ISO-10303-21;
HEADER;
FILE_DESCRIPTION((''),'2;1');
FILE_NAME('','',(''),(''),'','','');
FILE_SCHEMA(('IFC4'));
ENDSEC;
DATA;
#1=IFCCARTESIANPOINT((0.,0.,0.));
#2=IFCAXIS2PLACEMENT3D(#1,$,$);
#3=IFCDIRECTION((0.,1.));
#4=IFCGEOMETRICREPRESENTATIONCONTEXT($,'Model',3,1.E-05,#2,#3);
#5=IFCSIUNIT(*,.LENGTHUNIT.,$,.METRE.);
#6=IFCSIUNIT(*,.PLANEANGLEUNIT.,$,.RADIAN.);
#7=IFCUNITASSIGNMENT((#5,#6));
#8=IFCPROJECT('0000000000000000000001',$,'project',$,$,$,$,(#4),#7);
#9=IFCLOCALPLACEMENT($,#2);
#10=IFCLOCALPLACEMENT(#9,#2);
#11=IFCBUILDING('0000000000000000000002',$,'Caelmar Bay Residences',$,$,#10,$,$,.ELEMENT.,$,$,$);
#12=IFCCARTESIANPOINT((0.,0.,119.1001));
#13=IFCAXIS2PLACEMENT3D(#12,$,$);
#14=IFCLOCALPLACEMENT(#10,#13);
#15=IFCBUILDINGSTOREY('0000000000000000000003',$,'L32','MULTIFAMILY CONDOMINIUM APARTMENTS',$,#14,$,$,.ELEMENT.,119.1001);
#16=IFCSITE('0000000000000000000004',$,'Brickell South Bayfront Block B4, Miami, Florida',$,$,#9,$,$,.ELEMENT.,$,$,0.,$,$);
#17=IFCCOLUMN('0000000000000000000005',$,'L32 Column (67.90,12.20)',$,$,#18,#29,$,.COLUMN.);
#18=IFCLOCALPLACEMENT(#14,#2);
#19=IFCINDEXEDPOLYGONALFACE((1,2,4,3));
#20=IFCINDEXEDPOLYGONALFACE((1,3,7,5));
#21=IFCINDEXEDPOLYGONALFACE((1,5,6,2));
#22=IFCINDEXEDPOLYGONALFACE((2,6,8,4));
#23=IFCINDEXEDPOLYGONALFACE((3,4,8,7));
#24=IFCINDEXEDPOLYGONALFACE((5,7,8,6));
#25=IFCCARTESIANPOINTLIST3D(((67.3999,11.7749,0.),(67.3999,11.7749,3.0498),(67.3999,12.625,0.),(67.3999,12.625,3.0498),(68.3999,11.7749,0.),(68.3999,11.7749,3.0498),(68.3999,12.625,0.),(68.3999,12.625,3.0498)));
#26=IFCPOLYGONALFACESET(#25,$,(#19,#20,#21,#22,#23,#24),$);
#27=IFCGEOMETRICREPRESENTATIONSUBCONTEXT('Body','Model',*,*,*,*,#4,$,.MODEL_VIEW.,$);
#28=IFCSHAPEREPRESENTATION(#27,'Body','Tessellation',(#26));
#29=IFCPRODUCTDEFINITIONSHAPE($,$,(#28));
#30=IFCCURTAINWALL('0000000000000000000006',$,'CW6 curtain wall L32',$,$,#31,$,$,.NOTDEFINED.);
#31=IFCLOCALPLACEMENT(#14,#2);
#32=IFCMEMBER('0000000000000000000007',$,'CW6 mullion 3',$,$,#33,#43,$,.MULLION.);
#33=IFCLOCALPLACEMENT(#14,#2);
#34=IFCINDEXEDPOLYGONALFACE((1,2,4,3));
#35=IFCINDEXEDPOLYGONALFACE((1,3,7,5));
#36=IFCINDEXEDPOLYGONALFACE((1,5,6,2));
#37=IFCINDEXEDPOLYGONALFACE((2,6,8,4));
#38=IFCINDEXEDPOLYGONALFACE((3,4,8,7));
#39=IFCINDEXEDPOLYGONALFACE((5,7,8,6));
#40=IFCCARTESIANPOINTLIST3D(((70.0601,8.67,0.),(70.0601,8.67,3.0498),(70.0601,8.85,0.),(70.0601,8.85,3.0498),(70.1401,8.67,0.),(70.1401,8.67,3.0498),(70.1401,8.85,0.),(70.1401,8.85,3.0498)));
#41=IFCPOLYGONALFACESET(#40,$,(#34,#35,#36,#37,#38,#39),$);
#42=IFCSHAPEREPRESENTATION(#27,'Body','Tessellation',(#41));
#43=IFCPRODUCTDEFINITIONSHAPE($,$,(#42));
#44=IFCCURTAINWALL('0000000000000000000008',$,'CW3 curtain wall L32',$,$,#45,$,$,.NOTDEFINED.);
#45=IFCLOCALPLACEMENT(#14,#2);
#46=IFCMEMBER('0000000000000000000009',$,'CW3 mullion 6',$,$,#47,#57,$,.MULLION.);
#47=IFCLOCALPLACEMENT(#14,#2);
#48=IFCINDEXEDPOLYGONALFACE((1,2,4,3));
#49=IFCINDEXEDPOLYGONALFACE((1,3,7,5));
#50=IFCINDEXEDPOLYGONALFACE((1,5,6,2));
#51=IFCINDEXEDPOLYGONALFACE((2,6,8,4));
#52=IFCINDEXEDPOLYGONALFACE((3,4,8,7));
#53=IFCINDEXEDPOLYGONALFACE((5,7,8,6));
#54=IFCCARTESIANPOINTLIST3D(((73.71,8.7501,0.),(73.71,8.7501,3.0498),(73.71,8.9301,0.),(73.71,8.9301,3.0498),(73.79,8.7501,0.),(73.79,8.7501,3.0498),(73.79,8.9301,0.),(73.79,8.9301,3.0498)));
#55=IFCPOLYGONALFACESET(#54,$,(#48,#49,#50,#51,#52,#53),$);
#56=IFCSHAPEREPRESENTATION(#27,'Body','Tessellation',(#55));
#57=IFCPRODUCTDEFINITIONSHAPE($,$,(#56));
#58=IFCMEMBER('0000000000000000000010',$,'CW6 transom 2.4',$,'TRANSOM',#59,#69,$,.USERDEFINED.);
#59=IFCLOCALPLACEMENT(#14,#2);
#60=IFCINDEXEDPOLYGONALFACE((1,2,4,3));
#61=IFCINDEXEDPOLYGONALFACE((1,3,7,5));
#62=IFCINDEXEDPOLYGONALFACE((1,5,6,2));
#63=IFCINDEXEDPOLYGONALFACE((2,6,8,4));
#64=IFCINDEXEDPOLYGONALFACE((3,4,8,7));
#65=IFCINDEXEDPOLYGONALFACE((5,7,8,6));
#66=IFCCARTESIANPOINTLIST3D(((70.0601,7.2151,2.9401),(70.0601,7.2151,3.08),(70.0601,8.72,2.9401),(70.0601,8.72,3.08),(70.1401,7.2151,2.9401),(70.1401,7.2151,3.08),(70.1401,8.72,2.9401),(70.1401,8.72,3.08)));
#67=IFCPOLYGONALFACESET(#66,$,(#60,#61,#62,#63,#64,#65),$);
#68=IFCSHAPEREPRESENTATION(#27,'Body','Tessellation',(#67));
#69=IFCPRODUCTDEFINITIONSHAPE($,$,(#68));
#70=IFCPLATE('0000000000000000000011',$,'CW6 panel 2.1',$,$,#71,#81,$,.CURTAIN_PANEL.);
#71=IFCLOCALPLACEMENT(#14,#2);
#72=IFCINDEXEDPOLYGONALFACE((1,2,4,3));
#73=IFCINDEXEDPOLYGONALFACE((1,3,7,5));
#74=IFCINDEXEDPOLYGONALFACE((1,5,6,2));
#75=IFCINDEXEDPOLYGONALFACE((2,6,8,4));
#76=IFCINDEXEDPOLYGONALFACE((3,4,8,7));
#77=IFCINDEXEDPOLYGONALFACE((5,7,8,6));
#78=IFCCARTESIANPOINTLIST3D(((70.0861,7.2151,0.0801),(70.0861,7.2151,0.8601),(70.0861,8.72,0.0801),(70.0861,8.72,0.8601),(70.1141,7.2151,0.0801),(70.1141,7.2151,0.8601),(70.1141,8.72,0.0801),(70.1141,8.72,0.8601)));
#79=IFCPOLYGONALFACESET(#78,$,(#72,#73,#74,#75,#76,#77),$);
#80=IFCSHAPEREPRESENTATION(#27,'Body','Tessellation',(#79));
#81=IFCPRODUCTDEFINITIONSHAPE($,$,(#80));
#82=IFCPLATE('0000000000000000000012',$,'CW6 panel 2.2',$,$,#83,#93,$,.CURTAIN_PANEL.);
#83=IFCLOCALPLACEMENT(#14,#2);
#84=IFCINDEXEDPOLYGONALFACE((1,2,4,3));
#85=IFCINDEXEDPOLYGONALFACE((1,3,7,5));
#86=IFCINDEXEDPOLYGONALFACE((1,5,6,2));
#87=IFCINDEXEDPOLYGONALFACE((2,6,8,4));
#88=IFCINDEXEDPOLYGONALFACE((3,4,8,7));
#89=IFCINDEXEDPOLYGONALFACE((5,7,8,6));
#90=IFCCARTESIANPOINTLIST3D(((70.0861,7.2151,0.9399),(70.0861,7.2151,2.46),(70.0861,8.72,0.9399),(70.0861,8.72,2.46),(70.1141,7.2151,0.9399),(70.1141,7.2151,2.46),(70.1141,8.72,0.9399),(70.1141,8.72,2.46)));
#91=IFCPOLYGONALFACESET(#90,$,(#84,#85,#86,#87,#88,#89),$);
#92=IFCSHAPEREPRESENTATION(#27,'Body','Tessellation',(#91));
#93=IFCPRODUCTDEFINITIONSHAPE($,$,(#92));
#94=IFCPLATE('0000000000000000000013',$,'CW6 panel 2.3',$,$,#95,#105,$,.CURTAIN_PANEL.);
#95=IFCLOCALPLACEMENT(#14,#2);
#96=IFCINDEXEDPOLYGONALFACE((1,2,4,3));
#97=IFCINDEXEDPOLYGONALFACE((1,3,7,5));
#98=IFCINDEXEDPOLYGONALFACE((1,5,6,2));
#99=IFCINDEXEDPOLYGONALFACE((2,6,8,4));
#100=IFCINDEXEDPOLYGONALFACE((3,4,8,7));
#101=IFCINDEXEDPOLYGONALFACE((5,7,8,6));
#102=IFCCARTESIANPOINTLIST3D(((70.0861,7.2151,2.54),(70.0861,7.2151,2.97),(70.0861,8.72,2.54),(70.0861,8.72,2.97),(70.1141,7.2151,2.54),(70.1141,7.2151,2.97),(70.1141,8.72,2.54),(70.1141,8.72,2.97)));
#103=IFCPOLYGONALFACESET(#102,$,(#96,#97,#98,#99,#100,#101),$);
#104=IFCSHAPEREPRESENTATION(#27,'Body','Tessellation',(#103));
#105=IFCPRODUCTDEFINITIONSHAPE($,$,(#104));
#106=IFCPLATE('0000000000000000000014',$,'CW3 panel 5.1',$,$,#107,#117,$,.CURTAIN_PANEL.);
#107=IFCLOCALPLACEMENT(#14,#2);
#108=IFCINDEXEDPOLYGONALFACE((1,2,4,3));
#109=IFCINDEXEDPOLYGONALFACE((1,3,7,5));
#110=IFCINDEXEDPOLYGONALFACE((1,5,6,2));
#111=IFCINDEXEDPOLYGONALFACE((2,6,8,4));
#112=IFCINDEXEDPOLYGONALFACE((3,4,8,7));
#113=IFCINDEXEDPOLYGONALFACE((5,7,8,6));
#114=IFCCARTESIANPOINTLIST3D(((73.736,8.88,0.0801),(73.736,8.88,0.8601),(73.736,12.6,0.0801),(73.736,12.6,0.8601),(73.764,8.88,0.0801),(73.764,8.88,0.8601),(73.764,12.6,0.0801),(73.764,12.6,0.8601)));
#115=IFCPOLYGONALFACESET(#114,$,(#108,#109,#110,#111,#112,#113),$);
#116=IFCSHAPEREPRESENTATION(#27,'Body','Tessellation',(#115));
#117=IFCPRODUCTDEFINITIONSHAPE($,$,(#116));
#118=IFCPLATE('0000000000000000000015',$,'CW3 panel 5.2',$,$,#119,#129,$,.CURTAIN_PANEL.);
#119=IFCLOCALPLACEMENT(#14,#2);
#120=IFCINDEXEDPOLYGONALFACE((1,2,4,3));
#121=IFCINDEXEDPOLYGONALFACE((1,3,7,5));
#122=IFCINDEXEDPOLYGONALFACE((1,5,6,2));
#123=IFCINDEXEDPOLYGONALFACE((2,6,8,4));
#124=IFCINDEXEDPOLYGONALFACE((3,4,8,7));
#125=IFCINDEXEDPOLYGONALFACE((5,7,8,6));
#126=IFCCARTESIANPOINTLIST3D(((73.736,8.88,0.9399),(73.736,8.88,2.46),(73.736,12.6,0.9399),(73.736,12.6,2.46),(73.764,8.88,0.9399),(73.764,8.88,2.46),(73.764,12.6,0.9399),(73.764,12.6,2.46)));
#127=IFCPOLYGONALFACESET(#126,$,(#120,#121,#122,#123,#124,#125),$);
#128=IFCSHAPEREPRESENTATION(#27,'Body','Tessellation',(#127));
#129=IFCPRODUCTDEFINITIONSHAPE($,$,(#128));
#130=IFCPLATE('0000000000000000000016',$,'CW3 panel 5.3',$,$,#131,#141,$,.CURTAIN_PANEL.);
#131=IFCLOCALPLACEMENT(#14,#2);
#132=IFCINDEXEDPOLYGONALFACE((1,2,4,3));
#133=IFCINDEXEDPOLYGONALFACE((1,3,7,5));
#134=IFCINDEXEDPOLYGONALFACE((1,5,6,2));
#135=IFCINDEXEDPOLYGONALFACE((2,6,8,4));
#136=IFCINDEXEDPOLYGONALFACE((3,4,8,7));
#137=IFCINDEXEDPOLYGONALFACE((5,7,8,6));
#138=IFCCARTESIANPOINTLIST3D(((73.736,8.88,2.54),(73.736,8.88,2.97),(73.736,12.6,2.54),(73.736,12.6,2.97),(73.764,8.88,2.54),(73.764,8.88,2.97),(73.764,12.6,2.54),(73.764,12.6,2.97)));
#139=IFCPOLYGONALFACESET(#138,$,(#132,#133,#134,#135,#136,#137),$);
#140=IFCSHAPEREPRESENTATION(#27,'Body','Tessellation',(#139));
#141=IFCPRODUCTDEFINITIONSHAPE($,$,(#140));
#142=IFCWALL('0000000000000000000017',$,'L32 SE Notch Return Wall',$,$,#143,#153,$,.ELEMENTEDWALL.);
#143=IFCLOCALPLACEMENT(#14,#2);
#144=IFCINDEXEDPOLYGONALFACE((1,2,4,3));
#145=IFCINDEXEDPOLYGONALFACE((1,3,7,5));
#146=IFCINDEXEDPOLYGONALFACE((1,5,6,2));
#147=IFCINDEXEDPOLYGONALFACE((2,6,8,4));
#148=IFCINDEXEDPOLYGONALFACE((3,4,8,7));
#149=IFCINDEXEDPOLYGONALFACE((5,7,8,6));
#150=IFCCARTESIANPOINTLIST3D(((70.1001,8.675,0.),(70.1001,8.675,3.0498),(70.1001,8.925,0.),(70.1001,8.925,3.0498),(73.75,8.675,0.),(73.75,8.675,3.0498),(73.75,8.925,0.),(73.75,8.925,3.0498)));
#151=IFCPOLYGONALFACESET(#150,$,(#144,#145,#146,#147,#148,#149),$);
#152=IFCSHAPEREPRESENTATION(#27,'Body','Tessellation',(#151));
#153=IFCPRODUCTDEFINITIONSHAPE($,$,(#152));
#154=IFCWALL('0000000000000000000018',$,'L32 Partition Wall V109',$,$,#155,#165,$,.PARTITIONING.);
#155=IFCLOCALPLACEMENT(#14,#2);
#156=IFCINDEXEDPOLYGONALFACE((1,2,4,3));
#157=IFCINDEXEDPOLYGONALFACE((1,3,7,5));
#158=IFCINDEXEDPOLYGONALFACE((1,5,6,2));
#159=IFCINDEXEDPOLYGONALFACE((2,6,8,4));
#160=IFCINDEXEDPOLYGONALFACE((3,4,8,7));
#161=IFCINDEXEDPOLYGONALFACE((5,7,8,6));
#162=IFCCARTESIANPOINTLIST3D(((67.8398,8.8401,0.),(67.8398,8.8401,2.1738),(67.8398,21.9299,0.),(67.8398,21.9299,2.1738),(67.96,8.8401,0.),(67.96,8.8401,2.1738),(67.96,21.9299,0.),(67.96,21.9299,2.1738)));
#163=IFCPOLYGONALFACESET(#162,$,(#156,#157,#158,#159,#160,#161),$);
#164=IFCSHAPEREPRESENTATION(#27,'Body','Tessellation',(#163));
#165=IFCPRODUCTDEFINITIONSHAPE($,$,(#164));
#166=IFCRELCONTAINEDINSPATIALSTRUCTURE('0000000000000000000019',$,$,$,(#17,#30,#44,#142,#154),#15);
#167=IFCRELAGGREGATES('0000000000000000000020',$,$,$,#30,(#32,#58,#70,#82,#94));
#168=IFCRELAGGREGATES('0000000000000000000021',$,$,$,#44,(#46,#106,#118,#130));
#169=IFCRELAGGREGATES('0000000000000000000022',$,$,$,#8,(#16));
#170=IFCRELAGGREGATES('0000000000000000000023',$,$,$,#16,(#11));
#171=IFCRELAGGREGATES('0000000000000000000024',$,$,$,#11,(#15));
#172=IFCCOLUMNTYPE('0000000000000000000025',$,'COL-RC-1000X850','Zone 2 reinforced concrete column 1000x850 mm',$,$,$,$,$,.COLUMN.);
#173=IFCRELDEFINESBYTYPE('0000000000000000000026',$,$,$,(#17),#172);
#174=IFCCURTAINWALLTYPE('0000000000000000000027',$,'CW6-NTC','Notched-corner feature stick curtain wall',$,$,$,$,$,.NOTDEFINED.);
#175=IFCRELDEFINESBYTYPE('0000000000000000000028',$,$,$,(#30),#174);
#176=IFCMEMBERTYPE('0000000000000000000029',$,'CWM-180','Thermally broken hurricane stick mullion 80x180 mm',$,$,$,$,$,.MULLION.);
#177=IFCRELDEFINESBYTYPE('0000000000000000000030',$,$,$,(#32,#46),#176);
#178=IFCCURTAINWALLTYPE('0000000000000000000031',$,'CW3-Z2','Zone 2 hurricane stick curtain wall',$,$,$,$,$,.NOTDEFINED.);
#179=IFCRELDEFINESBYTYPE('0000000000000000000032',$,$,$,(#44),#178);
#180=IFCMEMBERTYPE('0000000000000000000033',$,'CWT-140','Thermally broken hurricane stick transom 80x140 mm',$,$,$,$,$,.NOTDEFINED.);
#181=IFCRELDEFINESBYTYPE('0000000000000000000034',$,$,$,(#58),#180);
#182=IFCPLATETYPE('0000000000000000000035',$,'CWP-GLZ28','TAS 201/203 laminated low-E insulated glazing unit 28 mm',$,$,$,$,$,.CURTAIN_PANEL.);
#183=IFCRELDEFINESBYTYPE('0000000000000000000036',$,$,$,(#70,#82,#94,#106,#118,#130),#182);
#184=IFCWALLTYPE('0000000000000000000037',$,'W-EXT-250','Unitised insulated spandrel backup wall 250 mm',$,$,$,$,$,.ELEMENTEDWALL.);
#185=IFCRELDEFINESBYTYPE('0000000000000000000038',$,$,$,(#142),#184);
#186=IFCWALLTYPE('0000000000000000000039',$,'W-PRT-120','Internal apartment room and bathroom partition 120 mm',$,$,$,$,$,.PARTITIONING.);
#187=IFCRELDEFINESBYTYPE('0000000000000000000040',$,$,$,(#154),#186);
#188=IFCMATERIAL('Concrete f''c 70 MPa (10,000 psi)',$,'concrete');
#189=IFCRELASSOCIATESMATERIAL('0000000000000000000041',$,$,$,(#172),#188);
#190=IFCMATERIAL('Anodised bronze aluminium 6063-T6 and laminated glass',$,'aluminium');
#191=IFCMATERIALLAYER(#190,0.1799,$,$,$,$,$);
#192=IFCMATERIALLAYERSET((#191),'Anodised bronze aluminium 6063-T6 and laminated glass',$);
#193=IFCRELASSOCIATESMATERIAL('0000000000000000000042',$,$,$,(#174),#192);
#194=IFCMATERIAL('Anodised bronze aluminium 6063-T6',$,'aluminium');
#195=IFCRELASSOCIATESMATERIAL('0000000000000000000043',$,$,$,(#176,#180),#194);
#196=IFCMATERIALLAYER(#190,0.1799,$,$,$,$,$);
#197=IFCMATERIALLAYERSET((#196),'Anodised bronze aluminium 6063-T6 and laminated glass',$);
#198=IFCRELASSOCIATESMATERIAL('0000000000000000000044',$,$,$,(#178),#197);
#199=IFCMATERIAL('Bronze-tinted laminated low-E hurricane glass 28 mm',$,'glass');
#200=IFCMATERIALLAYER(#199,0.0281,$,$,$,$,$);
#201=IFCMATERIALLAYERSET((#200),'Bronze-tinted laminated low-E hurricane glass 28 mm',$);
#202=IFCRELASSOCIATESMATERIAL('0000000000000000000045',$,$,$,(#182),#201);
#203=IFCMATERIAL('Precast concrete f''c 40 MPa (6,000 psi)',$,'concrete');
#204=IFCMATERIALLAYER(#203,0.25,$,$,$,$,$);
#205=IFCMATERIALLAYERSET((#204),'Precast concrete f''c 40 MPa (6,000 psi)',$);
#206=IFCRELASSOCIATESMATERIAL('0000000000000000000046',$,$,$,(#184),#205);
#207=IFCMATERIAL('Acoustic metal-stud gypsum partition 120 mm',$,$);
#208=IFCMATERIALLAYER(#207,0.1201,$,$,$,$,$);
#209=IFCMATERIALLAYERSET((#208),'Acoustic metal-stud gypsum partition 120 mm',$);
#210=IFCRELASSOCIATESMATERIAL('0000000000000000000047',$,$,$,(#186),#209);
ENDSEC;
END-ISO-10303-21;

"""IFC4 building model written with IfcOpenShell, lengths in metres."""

from ifc_helpers import new_model, si_unit, direction, frame, frame_2d, origin, origin_2d, place, context, subcontext, project, spatial, rectangle, extrude, material, layer, layer_set, material_profile, profile_set, type_object, element, aggregate, save


model = new_model("IFC4")

# Units and contexts
model_context = context("Model", 3, precision=1e-05, world=origin(), true_north=direction((0.0, 1.0)))
body_context = subcontext(model_context, "Body", "Model", "MODEL_VIEW")
ifc_project = project(units=[si_unit("LENGTHUNIT", "METRE"), si_unit("PLANEANGLEUNIT", "RADIAN")], contexts=[model_context])

# Site, building, storey
site_placement = place(None, origin())
site = spatial("IfcSite", under=ifc_project, at=site_placement, Name="Brickell South Bayfront Block B4, Miami, Florida", CompositionType="ELEMENT", RefElevation=0.0)
building_placement = place(site_placement, origin())
building = spatial("IfcBuilding", under=site, at=building_placement, Name="Caelmar Bay Residences", CompositionType="ELEMENT")
storey_placement = place(building_placement, frame((0.0, 0.0, 119.1001)))
storey = spatial("IfcBuildingStorey", under=building, at=storey_placement, Name="L32", Description="MULTIFAMILY CONDOMINIUM APARTMENTS", CompositionType="ELEMENT", Elevation=119.1001)

# Column
ifc_material_1 = material(Name="Concrete f'c 70 MPa (10,000 psi)", Category="concrete")
ifc_material_profile_1 = material_profile(ifc_material_1, rectangle(XDim=1.0, YDim=0.8501, at=origin_2d()), Name="RC-COL-1000X850")
ifc_profile_set_1 = profile_set([ifc_material_profile_1], Name="Concrete f'c 70 MPa (10,000 psi)")
column_type = type_object("IfcColumnType", Name="COL-RC-1000X850", Description="Zone 2 reinforced concrete column 1000x850 mm", PredefinedType="COLUMN", material=ifc_profile_set_1)
column_placement = place(storey_placement, frame((67.8999, 12.2, 0.0), z_axis=(0.0, 0.0, 1.0), x_axis=(1.0, 0.0, 0.0)))
element("IfcColumn", 1, at=column_placement, inside=storey, type_object=column_type, Name="L32 Column (67.90,12.20)", PredefinedType="COLUMN", context=body_context, shape_type="SweptSolid", body=[
    extrude(rectangle(XDim=1.0, YDim=0.8501, at=origin_2d()), origin(), (0.0, 0.0, 1.0), 3.0498),
])

# Curtain walls, members
ifc_material_2 = material(Name="Anodised bronze aluminium 6063-T6 and laminated glass", Category="aluminium")
ifc_layer_1 = layer(ifc_material_2, 0.1799)
ifc_layer_set_1 = layer_set([ifc_layer_1], Name="Anodised bronze aluminium 6063-T6 and laminated glass")
curtain_wall_type_1 = type_object("IfcCurtainWallType", Name="CW6-NTC", Description="Notched-corner feature stick curtain wall", PredefinedType="NOTDEFINED", material=ifc_layer_set_1)
curtain_wall_1_placement = place(storey_placement, origin())
curtain_wall_1 = element("IfcCurtainWall", 2, at=curtain_wall_1_placement, inside=storey, type_object=curtain_wall_type_1, Name="CW6 curtain wall L32", PredefinedType="NOTDEFINED")
ifc_material_3 = material(Name="Anodised bronze aluminium 6063-T6", Category="aluminium")
ifc_material_profile_2 = material_profile(ifc_material_3, rectangle(XDim=0.0801, YDim=0.1799, at=origin_2d()), Name="CWM-80X180")
ifc_profile_set_2 = profile_set([ifc_material_profile_2], Name="Anodised bronze aluminium 6063-T6")
member_type_1 = type_object("IfcMemberType", Name="CWM-180", Description="Thermally broken hurricane stick mullion 80x180 mm", PredefinedType="MULLION", material=ifc_profile_set_2)
member_1_placement = place(storey_placement, frame((70.1001, 8.76, 0.0), z_axis=(0.0, 0.0, 1.0), x_axis=(-1.0, 0.0, 0.0)))
member_1 = element("IfcMember", 3, at=member_1_placement, type_object=member_type_1, Name="CW6 mullion 3", PredefinedType="MULLION", context=body_context, shape_type="SweptSolid", body=[
    extrude(rectangle(XDim=0.0801, YDim=0.1799, at=origin_2d()), origin(), (0.0, 0.0, 1.0), 3.0498),
])
ifc_layer_2 = layer(ifc_material_2, 0.1799)
ifc_layer_set_2 = layer_set([ifc_layer_2], Name="Anodised bronze aluminium 6063-T6 and laminated glass")
curtain_wall_type_2 = type_object("IfcCurtainWallType", Name="CW3-Z2", Description="Zone 2 hurricane stick curtain wall", PredefinedType="NOTDEFINED", material=ifc_layer_set_2)
curtain_wall_2_placement = place(storey_placement, origin())
curtain_wall_2 = element("IfcCurtainWall", 4, at=curtain_wall_2_placement, inside=storey, type_object=curtain_wall_type_2, Name="CW3 curtain wall L32", PredefinedType="NOTDEFINED")
member_2_placement = place(storey_placement, frame((73.75, 8.8401, 0.0), z_axis=(0.0, 0.0, 1.0), x_axis=(1.0, 0.0, 0.0)))
member_2 = element("IfcMember", 5, at=member_2_placement, type_object=member_type_1, Name="CW3 mullion 6", PredefinedType="MULLION", context=body_context, shape_type="SweptSolid", body=[
    extrude(rectangle(XDim=0.0801, YDim=0.1799, at=origin_2d()), origin(), (0.0, 0.0, 1.0), 3.0498),
])

# Member
ifc_material_profile_3 = material_profile(ifc_material_3, rectangle(XDim=0.0801, YDim=0.1399, at=origin_2d()), Name="CWT-80X140")
ifc_profile_set_3 = profile_set([ifc_material_profile_3], Name="Anodised bronze aluminium 6063-T6")
member_type_2 = type_object("IfcMemberType", Name="CWT-140", Description="Thermally broken hurricane stick transom 80x140 mm", PredefinedType="NOTDEFINED", material=ifc_profile_set_3)
member_3_placement = place(storey_placement, frame((70.1001, 7.2151, 3.01), z_axis=(0.0, 1.0, 0.0), x_axis=(-1.0, 0.0, 0.0)))
member_3 = element("IfcMember", 6, at=member_3_placement, type_object=member_type_2, Name="CW6 transom 2.4", ObjectType="TRANSOM", PredefinedType="USERDEFINED", context=body_context, shape_type="SweptSolid", body=[
    extrude(rectangle(XDim=0.0801, YDim=0.1399, at=origin_2d()), origin(), (0.0, 0.0, 1.0), 1.5049),
])

# Plates
ifc_material_4 = material(Name="Bronze-tinted laminated low-E hurricane glass 28 mm", Category="glass")
ifc_layer_3 = layer(ifc_material_4, 0.0281)
ifc_layer_set_3 = layer_set([ifc_layer_3], Name="Bronze-tinted laminated low-E hurricane glass 28 mm")
plate_type = type_object("IfcPlateType", Name="CWP-GLZ28", Description="TAS 201/203 laminated low-E insulated glazing unit 28 mm", PredefinedType="CURTAIN_PANEL", material=ifc_layer_set_3)
plate_1_placement = place(storey_placement, frame((70.1001, 7.9675, 0.0801), z_axis=(0.0, 0.0, 1.0), x_axis=(0.0, 1.0, 0.0)))
plate_1 = element("IfcPlate", 7, at=plate_1_placement, type_object=plate_type, Name="CW6 panel 2.1", PredefinedType="CURTAIN_PANEL", context=body_context, shape_type="SweptSolid", body=[
    extrude(rectangle(XDim=1.5049, YDim=0.0281, at=origin_2d()), origin(), (0.0, 0.0, 1.0), 0.78),
])
plate_2_placement = place(storey_placement, frame((70.1001, 7.9675, 0.9399), z_axis=(0.0, 0.0, 1.0), x_axis=(0.0, 1.0, 0.0)))
plate_2 = element("IfcPlate", 8, at=plate_2_placement, type_object=plate_type, Name="CW6 panel 2.2", PredefinedType="CURTAIN_PANEL", context=body_context, shape_type="SweptSolid", body=[
    extrude(rectangle(XDim=1.5049, YDim=0.0281, at=origin_2d()), origin(), (0.0, 0.0, 1.0), 1.52),
])
plate_3_placement = place(storey_placement, frame((70.1001, 7.9675, 2.54), z_axis=(0.0, 0.0, 1.0), x_axis=(0.0, 1.0, 0.0)))
plate_3 = element("IfcPlate", 9, at=plate_3_placement, type_object=plate_type, Name="CW6 panel 2.3", PredefinedType="CURTAIN_PANEL", context=body_context, shape_type="SweptSolid", body=[
    extrude(rectangle(XDim=1.5049, YDim=0.0281, at=origin_2d()), origin(), (0.0, 0.0, 1.0), 0.4299),
])
aggregate(curtain_wall_1, [member_1, member_3, plate_1, plate_2, plate_3])
plate_4_placement = place(storey_placement, frame((73.75, 10.74, 0.0801), z_axis=(0.0, 0.0, 1.0), x_axis=(0.0, -1.0, 0.0)))
plate_4 = element("IfcPlate", 10, at=plate_4_placement, type_object=plate_type, Name="CW3 panel 5.1", PredefinedType="CURTAIN_PANEL", context=body_context, shape_type="SweptSolid", body=[
    extrude(rectangle(XDim=3.72, YDim=0.0281, at=origin_2d()), origin(), (0.0, 0.0, 1.0), 0.78),
])
plate_5_placement = place(storey_placement, frame((73.75, 10.74, 0.9399), z_axis=(0.0, 0.0, 1.0), x_axis=(0.0, -1.0, 0.0)))
plate_5 = element("IfcPlate", 11, at=plate_5_placement, type_object=plate_type, Name="CW3 panel 5.2", PredefinedType="CURTAIN_PANEL", context=body_context, shape_type="SweptSolid", body=[
    extrude(rectangle(XDim=3.72, YDim=0.0281, at=origin_2d()), origin(), (0.0, 0.0, 1.0), 1.52),
])
plate_6_placement = place(storey_placement, frame((73.75, 10.74, 2.54), z_axis=(0.0, 0.0, 1.0), x_axis=(0.0, -1.0, 0.0)))
plate_6 = element("IfcPlate", 12, at=plate_6_placement, type_object=plate_type, Name="CW3 panel 5.3", PredefinedType="CURTAIN_PANEL", context=body_context, shape_type="SweptSolid", body=[
    extrude(rectangle(XDim=3.72, YDim=0.0281, at=origin_2d()), origin(), (0.0, 0.0, 1.0), 0.4299),
])
aggregate(curtain_wall_2, [member_2, plate_4, plate_5, plate_6])

# Walls
ifc_material_5 = material(Name="Precast concrete f'c 40 MPa (6,000 psi)", Category="concrete")
ifc_layer_4 = layer(ifc_material_5, 0.25)
ifc_layer_set_4 = layer_set([ifc_layer_4], Name="Precast concrete f'c 40 MPa (6,000 psi)")
wall_type_1 = type_object("IfcWallType", Name="W-EXT-250", Description="Unitised insulated spandrel backup wall 250 mm", PredefinedType="ELEMENTEDWALL", material=ifc_layer_set_4)
wall_1_placement = place(storey_placement, frame((70.1001, 8.8, 0.0), z_axis=(0.0, 0.0, 1.0), x_axis=(1.0, 0.0, 0.0)))
element("IfcWall", 13, at=wall_1_placement, inside=storey, type_object=wall_type_1, Name="L32 SE Notch Return Wall", PredefinedType="ELEMENTEDWALL", context=body_context, shape_type="SweptSolid", body=[
    extrude(rectangle(XDim=3.6499, YDim=0.25, at=frame_2d((1.825, 0.0))), origin(), (0.0, 0.0, 1.0), 3.0498),
])
ifc_material_6 = material(Name="Acoustic metal-stud gypsum partition 120 mm")
ifc_layer_5 = layer(ifc_material_6, 0.1201)
ifc_layer_set_5 = layer_set([ifc_layer_5], Name="Acoustic metal-stud gypsum partition 120 mm")
wall_type_2 = type_object("IfcWallType", Name="W-PRT-120", Description="Internal apartment room and bathroom partition 120 mm", PredefinedType="PARTITIONING", material=ifc_layer_set_5)
wall_2_placement = place(storey_placement, frame((67.8999, 8.8401, 0.0), z_axis=(0.0, 0.0, 1.0), x_axis=(0.0, 1.0, 0.0)))
element("IfcWall", 14, at=wall_2_placement, inside=storey, type_object=wall_type_2, Name="L32 Partition Wall V109", PredefinedType="PARTITIONING", context=body_context, shape_type="SweptSolid", body=[
    extrude(rectangle(XDim=13.0898, YDim=0.1201, at=frame_2d((6.5449, 0.0))), origin(), (0.0, 0.0, 1.0), 2.1738),
])

save(model, "model.ifc")
